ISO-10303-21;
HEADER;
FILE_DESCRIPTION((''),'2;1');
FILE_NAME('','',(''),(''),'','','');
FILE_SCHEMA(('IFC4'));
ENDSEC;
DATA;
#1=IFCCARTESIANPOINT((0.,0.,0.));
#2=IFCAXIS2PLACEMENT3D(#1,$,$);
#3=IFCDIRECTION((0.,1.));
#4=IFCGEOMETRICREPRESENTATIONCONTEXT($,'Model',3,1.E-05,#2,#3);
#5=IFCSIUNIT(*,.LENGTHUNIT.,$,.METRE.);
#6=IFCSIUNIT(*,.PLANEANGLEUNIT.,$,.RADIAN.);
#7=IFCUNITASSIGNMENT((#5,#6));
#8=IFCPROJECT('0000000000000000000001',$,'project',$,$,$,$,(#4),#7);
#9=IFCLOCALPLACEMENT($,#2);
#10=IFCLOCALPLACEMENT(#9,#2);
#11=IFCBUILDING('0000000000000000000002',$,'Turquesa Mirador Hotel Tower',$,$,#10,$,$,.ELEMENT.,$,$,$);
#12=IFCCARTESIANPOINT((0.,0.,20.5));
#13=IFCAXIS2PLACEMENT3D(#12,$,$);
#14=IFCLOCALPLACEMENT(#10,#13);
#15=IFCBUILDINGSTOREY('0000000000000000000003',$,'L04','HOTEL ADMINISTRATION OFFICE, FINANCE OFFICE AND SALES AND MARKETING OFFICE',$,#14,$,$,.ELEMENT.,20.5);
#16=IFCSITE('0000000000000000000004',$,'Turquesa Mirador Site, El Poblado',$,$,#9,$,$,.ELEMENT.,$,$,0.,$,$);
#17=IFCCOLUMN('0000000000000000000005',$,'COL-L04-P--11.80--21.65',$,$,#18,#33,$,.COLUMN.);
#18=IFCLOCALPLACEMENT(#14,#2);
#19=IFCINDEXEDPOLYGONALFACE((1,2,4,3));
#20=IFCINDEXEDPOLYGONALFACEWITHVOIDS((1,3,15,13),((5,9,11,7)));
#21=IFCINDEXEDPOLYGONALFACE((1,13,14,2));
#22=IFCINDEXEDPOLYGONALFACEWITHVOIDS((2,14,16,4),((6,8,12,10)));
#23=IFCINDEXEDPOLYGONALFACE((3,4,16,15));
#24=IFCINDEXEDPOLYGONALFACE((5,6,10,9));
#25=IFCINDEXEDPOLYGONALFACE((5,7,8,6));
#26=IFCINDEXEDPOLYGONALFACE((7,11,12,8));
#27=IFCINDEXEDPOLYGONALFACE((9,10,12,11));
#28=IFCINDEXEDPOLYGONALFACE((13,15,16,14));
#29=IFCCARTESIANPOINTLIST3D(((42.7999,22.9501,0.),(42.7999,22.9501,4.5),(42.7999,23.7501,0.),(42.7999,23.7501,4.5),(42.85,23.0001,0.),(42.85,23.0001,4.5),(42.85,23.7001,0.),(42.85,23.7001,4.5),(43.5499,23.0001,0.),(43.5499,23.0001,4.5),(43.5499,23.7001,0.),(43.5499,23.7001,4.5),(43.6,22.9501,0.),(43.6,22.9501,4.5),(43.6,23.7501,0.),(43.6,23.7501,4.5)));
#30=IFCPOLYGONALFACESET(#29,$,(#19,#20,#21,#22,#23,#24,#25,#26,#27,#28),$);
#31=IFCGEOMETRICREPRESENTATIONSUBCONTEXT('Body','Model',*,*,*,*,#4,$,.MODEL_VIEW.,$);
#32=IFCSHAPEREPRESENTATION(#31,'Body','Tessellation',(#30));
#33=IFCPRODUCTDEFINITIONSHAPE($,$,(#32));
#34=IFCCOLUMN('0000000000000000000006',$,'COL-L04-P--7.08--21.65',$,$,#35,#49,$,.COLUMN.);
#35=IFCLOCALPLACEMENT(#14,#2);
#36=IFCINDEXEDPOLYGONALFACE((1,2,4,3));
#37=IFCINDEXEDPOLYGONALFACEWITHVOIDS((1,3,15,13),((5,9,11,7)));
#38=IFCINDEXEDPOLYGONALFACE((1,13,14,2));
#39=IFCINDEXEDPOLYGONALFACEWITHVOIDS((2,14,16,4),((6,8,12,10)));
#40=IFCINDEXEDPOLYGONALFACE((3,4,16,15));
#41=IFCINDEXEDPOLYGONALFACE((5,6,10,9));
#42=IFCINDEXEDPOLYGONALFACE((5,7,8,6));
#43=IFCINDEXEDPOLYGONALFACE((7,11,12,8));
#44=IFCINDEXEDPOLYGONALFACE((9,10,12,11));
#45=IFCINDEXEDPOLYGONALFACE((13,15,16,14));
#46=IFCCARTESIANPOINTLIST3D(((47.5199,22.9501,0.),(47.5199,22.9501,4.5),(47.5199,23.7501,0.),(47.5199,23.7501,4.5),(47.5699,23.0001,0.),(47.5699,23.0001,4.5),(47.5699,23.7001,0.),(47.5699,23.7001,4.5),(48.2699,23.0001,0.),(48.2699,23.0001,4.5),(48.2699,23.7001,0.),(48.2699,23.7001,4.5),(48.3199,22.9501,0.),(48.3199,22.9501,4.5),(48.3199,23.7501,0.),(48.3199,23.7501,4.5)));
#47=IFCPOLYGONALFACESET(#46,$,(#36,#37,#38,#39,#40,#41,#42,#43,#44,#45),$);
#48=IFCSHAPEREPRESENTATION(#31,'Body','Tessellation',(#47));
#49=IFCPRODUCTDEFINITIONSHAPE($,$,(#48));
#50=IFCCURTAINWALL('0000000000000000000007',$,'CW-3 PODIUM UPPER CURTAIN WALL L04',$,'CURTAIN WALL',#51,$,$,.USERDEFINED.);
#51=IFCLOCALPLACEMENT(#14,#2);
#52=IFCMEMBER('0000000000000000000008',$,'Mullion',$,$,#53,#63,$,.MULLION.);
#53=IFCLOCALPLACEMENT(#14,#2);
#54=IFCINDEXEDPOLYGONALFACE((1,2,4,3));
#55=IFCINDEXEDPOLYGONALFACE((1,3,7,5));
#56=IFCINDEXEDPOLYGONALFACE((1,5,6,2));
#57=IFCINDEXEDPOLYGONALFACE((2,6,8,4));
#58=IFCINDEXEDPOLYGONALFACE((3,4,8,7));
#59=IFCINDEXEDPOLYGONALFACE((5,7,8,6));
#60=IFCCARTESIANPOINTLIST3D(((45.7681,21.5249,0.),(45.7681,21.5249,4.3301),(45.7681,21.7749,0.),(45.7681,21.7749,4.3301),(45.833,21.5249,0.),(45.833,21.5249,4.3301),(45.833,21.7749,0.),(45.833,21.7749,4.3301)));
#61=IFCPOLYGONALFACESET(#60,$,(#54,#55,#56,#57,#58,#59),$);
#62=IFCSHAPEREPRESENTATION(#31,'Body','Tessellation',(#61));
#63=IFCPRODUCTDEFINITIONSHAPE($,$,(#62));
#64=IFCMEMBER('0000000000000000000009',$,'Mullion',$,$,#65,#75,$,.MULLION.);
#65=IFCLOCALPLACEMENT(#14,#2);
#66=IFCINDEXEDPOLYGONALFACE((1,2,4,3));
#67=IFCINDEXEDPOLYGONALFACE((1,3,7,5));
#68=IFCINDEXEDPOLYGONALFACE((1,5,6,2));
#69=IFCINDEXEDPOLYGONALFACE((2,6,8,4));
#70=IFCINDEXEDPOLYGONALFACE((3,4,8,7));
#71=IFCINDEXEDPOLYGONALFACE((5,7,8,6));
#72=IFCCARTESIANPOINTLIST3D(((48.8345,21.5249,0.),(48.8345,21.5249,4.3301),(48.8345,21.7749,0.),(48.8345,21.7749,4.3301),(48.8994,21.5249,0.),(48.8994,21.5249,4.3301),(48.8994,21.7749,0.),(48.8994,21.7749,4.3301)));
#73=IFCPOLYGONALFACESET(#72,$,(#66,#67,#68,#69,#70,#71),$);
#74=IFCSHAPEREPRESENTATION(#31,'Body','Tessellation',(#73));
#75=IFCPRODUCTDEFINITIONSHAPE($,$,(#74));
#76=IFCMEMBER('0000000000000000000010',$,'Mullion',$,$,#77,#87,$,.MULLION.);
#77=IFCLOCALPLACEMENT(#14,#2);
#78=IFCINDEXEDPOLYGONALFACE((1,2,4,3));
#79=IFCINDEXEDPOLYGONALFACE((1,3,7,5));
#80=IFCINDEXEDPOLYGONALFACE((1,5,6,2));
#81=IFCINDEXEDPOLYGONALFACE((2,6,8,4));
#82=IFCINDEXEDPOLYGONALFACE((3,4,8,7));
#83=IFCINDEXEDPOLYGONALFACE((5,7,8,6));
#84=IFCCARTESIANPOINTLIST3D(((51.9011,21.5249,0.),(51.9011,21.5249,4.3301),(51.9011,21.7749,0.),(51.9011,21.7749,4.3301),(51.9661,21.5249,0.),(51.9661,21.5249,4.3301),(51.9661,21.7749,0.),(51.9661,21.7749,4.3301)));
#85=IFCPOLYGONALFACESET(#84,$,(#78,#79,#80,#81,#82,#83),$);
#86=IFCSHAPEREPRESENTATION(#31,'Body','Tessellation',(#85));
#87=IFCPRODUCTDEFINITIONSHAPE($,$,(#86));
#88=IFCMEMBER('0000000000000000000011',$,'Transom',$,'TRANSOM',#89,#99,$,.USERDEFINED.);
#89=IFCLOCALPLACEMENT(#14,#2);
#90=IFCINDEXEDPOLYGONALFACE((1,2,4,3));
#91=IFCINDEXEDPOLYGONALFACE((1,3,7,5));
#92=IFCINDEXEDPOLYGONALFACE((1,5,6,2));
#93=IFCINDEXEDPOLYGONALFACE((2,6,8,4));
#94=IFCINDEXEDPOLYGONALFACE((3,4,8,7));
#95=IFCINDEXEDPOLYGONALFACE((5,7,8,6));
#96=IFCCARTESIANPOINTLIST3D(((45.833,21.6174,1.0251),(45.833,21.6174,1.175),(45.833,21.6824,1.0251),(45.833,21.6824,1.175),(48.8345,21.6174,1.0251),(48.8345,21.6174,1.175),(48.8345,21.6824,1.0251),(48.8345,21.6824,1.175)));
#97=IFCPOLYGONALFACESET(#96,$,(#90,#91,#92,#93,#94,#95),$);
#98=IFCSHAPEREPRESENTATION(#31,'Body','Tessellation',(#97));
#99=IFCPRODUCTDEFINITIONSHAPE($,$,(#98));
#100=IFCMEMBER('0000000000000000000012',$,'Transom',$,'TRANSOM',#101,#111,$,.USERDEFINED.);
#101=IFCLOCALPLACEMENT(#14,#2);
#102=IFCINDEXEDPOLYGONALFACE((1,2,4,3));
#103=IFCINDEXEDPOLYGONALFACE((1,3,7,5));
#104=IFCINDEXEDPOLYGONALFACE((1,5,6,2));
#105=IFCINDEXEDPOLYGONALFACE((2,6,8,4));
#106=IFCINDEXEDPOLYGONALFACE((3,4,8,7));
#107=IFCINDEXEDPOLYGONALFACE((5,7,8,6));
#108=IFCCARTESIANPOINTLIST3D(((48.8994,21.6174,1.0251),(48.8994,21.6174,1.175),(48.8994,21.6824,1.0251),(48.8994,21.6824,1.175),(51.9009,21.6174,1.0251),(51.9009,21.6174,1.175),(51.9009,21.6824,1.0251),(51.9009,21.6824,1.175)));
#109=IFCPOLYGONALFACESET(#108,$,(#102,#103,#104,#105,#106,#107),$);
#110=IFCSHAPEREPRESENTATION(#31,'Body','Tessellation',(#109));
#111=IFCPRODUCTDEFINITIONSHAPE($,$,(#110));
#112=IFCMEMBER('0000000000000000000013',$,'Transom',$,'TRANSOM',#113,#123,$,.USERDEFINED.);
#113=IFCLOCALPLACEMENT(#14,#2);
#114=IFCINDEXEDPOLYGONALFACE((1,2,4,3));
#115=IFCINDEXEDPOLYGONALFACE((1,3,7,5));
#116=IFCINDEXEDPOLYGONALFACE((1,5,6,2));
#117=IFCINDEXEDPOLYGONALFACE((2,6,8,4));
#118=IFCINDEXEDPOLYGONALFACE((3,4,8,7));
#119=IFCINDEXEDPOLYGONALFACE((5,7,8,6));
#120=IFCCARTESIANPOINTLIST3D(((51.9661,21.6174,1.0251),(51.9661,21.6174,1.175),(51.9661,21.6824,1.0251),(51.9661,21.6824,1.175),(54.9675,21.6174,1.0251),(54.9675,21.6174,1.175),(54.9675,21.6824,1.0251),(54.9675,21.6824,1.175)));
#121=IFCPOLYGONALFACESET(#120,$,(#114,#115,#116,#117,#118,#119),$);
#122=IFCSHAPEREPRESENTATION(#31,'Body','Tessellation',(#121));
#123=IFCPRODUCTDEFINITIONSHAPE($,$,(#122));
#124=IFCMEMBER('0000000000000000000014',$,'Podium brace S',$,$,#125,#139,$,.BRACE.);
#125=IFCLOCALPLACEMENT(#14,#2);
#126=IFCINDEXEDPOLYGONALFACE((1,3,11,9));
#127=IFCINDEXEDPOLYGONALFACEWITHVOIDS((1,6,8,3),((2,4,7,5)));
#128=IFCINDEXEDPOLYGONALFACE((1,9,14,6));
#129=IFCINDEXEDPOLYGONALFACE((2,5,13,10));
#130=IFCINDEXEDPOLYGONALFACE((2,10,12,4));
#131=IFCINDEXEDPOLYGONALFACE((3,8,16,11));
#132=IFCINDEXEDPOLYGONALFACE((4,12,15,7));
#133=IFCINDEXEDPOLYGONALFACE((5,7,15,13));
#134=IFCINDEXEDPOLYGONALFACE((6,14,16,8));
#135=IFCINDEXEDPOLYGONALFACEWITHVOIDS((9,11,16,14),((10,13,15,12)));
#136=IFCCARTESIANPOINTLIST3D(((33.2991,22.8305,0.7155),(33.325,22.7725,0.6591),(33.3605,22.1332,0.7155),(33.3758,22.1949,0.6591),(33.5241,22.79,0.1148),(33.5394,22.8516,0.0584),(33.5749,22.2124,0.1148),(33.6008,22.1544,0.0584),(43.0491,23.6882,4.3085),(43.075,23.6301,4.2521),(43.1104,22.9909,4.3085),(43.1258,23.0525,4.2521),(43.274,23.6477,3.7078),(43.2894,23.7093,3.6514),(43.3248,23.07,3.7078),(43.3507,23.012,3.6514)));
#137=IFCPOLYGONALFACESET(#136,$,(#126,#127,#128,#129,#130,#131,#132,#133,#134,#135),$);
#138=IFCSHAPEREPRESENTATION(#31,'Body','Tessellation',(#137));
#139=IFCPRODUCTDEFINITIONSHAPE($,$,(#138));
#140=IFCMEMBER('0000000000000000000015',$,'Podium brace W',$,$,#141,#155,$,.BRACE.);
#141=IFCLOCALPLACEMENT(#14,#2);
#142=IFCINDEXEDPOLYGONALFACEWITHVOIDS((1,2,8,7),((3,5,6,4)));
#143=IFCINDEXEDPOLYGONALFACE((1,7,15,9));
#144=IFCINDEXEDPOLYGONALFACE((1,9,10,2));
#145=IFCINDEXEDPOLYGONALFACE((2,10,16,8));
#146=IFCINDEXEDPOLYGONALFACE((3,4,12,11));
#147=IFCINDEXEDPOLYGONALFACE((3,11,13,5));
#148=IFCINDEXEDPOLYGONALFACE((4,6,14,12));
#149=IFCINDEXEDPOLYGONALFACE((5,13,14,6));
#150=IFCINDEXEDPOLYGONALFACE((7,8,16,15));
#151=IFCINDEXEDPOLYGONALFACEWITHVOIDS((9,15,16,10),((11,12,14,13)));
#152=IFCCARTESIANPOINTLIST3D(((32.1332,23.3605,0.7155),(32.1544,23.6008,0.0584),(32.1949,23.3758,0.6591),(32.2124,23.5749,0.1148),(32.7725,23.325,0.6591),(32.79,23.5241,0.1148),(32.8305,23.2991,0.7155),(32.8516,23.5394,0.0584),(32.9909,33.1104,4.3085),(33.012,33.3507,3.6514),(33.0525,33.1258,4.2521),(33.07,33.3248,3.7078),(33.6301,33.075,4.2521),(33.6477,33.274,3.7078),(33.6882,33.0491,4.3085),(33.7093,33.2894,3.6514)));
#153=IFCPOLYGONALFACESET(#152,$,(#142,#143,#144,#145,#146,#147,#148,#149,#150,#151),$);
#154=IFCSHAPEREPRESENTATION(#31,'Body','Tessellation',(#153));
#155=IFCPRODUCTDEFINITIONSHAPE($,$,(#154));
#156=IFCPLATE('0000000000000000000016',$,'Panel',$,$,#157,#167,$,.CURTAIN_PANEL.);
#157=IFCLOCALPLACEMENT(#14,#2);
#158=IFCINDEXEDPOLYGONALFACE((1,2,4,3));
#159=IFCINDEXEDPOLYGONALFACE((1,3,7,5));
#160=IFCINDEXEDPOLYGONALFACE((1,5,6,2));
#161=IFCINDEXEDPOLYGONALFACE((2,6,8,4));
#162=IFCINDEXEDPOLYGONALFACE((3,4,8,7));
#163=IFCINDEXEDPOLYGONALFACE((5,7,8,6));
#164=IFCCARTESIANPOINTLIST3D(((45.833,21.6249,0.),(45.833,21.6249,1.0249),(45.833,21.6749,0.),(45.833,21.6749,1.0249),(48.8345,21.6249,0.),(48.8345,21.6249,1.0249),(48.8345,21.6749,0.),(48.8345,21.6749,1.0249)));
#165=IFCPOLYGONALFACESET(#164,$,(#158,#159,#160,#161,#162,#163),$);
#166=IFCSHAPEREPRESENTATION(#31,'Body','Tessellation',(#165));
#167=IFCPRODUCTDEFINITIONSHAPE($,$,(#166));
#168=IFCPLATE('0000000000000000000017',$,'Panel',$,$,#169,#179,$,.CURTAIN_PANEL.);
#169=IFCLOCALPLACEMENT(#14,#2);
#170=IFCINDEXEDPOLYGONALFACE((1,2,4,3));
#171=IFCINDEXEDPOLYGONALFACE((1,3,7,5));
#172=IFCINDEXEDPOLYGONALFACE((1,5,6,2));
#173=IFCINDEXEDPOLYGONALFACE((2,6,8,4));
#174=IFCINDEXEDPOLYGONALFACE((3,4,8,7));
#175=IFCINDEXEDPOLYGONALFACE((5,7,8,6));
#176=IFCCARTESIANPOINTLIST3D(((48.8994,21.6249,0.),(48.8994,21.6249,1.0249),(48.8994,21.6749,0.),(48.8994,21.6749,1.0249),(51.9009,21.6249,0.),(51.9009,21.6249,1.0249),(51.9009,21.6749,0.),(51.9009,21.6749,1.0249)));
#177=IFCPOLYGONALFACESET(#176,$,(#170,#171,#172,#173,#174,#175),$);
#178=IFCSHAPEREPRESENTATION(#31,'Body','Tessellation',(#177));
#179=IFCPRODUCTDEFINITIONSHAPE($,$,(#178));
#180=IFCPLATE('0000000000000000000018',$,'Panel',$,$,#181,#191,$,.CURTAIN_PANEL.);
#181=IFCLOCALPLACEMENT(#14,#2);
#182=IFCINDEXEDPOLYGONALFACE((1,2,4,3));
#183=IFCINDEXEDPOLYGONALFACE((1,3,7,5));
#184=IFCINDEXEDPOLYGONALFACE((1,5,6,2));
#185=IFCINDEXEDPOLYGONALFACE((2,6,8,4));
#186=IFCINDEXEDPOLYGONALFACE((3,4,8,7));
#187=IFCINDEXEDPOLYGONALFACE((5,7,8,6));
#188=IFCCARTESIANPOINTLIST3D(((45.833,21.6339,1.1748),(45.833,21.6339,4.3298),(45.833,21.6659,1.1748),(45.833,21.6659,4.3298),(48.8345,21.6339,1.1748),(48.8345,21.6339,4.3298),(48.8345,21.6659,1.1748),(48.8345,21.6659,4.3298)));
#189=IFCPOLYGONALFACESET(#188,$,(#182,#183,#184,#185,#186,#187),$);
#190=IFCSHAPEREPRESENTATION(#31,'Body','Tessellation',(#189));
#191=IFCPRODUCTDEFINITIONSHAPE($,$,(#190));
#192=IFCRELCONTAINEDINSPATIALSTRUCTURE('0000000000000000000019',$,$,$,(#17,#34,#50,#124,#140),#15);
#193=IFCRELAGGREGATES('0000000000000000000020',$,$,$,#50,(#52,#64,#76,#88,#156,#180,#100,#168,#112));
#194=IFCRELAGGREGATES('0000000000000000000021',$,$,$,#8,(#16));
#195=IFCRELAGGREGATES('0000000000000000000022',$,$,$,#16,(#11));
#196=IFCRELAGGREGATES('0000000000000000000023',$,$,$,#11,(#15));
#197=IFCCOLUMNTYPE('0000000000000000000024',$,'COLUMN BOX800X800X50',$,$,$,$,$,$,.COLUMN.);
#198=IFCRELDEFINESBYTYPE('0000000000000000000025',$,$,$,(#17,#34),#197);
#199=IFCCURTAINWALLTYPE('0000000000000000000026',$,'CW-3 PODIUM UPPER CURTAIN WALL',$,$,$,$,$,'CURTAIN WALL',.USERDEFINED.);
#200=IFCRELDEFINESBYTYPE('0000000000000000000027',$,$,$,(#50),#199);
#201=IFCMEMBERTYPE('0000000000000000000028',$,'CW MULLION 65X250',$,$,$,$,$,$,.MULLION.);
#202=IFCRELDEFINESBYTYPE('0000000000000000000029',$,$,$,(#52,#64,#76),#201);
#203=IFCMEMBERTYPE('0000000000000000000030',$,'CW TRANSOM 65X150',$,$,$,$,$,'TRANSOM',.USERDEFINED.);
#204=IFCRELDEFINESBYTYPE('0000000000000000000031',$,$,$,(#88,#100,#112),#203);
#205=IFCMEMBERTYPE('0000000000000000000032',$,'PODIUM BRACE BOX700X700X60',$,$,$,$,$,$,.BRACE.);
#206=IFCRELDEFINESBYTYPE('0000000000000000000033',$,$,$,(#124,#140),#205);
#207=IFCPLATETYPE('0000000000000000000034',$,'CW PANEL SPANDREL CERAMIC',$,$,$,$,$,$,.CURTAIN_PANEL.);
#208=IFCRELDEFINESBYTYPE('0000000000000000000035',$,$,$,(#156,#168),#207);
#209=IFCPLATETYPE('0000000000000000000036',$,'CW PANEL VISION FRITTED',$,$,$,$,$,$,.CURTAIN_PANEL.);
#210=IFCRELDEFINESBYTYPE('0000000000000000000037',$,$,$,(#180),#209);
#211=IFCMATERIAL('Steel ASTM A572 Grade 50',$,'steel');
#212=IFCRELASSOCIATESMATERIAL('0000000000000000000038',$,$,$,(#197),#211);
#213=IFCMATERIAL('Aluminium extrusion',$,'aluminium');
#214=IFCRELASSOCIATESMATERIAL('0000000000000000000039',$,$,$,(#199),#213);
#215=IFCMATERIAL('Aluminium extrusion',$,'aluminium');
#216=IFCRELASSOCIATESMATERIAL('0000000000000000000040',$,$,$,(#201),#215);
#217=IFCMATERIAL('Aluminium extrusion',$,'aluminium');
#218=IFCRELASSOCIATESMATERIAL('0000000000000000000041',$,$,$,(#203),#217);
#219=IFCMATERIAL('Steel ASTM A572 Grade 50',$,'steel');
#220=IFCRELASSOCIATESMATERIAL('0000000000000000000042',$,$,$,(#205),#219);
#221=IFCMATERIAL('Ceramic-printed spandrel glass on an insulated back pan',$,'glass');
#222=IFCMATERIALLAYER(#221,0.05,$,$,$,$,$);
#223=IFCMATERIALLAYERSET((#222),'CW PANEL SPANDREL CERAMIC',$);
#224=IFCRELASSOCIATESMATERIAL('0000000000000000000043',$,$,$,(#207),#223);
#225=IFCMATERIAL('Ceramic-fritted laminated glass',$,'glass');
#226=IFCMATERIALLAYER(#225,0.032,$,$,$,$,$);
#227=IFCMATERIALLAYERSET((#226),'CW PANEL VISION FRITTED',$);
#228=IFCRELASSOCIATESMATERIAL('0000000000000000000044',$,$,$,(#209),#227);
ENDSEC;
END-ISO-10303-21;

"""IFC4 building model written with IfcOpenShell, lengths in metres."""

from ifc_helpers import new_model, si_unit, direction, frame, origin, origin_2d, place, context, subcontext, project, spatial, rectangle, hollow_rectangle, extrude, material, layer, layer_set, material_profile, profile_set, type_object, element, aggregate, save


model = new_model("IFC4")

# Units and contexts
model_context = context("Model", 3, precision=1e-05, world=origin(), true_north=direction((0.0, 1.0)))
body_context = subcontext(model_context, "Body", "Model", "MODEL_VIEW")
ifc_project = project(units=[si_unit("LENGTHUNIT", "METRE"), si_unit("PLANEANGLEUNIT", "RADIAN")], contexts=[model_context])

# Site, building, storey
site_placement = place(None, origin())
site = spatial("IfcSite", under=ifc_project, at=site_placement, Name="Turquesa Mirador Site, El Poblado", CompositionType="ELEMENT", RefElevation=0.0)
building_placement = place(site_placement, origin())
building = spatial("IfcBuilding", under=site, at=building_placement, Name="Turquesa Mirador Hotel Tower", CompositionType="ELEMENT")
storey_placement = place(building_placement, frame((0.0, 0.0, 20.5)))
storey = spatial("IfcBuildingStorey", under=building, at=storey_placement, Name="L04", Description="HOTEL ADMINISTRATION OFFICE, FINANCE OFFICE AND SALES AND MARKETING OFFICE", CompositionType="ELEMENT", Elevation=20.5)

# Columns
ifc_material_1 = material(Name="Steel ASTM A572 Grade 50", Category="steel")
ifc_material_profile_1 = material_profile(ifc_material_1, hollow_rectangle(XDim=0.8, YDim=0.8, WallThickness=0.05, at=origin_2d()), Name="BOX800X800X50")
ifc_profile_set_1 = profile_set([ifc_material_profile_1], Name="Steel ASTM A572 Grade 50")
column_type = type_object("IfcColumnType", Name="COLUMN BOX800X800X50", PredefinedType="COLUMN", material=ifc_profile_set_1)
for number, where, z_axis, x_axis, name in (
    (1, (43.2, 23.3501, 0.0), (0.0, 0.0, 1.0), (1.0, 0.0, 0.0), "COL-L04-P--11.80--21.65"),
    (2, (47.9199, 23.3501, 0.0), (0.0, 0.0, 1.0), (1.0, 0.0, 0.0), "COL-L04-P--7.08--21.65"),
):
    element("IfcColumn", number, at=place(storey_placement, frame(where, z_axis=z_axis, x_axis=x_axis)), inside=storey, type_object=column_type, Name=name, PredefinedType="COLUMN", context=body_context, shape_type="SweptSolid", body=[
        extrude(hollow_rectangle(XDim=0.8, YDim=0.8, WallThickness=0.05, at=origin_2d()), origin(), (0.0, 0.0, 1.0), 4.5),
    ])

# Curtain wall, members
ifc_material_2 = material(Name="Aluminium extrusion", Category="aluminium")
curtain_wall_type = type_object("IfcCurtainWallType", Name="CW-3 PODIUM UPPER CURTAIN WALL", ElementType="CURTAIN WALL", PredefinedType="USERDEFINED", material=ifc_material_2)
curtain_wall_placement = place(storey_placement, origin())
curtain_wall = element("IfcCurtainWall", 3, at=curtain_wall_placement, inside=storey, type_object=curtain_wall_type, Name="CW-3 PODIUM UPPER CURTAIN WALL L04", ObjectType="CURTAIN WALL", PredefinedType="USERDEFINED")
ifc_material_3 = material(Name="Aluminium extrusion", Category="aluminium")
ifc_material_profile_2 = material_profile(ifc_material_3, rectangle(XDim=0.0649, YDim=0.25, at=origin_2d()), Name="MULLION 65X250")
ifc_profile_set_2 = profile_set([ifc_material_profile_2], Name="Aluminium extrusion")
member_type_1 = type_object("IfcMemberType", Name="CW MULLION 65X250", PredefinedType="MULLION", material=ifc_profile_set_2)
member_1_placement = place(storey_placement, frame((45.8005, 21.6499, 0.0), z_axis=(0.0, 0.0, 1.0), x_axis=(1.0, 0.0, 0.0)))
member_1 = element("IfcMember", 4, at=member_1_placement, type_object=member_type_1, Name="Mullion", PredefinedType="MULLION", context=body_context, shape_type="SweptSolid", body=[
    extrude(rectangle(XDim=0.0649, YDim=0.25, at=origin_2d()), origin(), (0.0, 0.0, 1.0), 4.3301),
])
member_2_placement = place(storey_placement, frame((48.8669, 21.6499, 0.0), z_axis=(0.0, 0.0, 1.0), x_axis=(1.0, 0.0, 0.0)))
member_2 = element("IfcMember", 5, at=member_2_placement, type_object=member_type_1, Name="Mullion", PredefinedType="MULLION", context=body_context, shape_type="SweptSolid", body=[
    extrude(rectangle(XDim=0.0649, YDim=0.25, at=origin_2d()), origin(), (0.0, 0.0, 1.0), 4.3301),
])
member_3_placement = place(storey_placement, frame((51.9336, 21.6499, 0.0), z_axis=(0.0, 0.0, 1.0), x_axis=(1.0, 0.0, 0.0)))
member_3 = element("IfcMember", 6, at=member_3_placement, type_object=member_type_1, Name="Mullion", PredefinedType="MULLION", context=body_context, shape_type="SweptSolid", body=[
    extrude(rectangle(XDim=0.0649, YDim=0.25, at=origin_2d()), origin(), (0.0, 0.0, 1.0), 4.3301),
])
ifc_material_4 = material(Name="Aluminium extrusion", Category="aluminium")
ifc_material_profile_3 = material_profile(ifc_material_4, rectangle(XDim=0.0649, YDim=0.1499, at=origin_2d()), Name="TRANSOM 65X150")
ifc_profile_set_3 = profile_set([ifc_material_profile_3], Name="Aluminium extrusion")
member_type_2 = type_object("IfcMemberType", Name="CW TRANSOM 65X150", ElementType="TRANSOM", PredefinedType="USERDEFINED", material=ifc_profile_set_3)
member_4_placement = place(storey_placement, frame((45.833, 21.6499, 1.1001), z_axis=(1.0, 0.0, 0.0), x_axis=(0.0, 1.0, 0.0)))
member_4 = element("IfcMember", 7, at=member_4_placement, type_object=member_type_2, Name="Transom", ObjectType="TRANSOM", PredefinedType="USERDEFINED", context=body_context, shape_type="SweptSolid", body=[
    extrude(rectangle(XDim=0.0649, YDim=0.1499, at=origin_2d()), origin(), (0.0, 0.0, 1.0), 3.0015),
])
member_5_placement = place(storey_placement, frame((48.8994, 21.6499, 1.1001), z_axis=(1.0, 0.0, 0.0), x_axis=(0.0, 1.0, 0.0)))
member_5 = element("IfcMember", 8, at=member_5_placement, type_object=member_type_2, Name="Transom", ObjectType="TRANSOM", PredefinedType="USERDEFINED", context=body_context, shape_type="SweptSolid", body=[
    extrude(rectangle(XDim=0.0649, YDim=0.1499, at=origin_2d()), origin(), (0.0, 0.0, 1.0), 3.0015),
])
member_6_placement = place(storey_placement, frame((51.9661, 21.6499, 1.1001), z_axis=(1.0, 0.0, 0.0), x_axis=(0.0, 1.0, 0.0)))
member_6 = element("IfcMember", 9, at=member_6_placement, type_object=member_type_2, Name="Transom", ObjectType="TRANSOM", PredefinedType="USERDEFINED", context=body_context, shape_type="SweptSolid", body=[
    extrude(rectangle(XDim=0.0649, YDim=0.1499, at=origin_2d()), origin(), (0.0, 0.0, 1.0), 3.0015),
])

# Members
ifc_material_5 = material(Name="Steel ASTM A572 Grade 50", Category="steel")
ifc_material_profile_4 = material_profile(ifc_material_5, hollow_rectangle(XDim=0.7, YDim=0.7, WallThickness=0.0601, at=origin_2d()), Name="BOX700X700X60")
ifc_profile_set_4 = profile_set([ifc_material_profile_4], Name="Steel ASTM A572 Grade 50")
member_type_3 = type_object("IfcMemberType", Name="PODIUM BRACE BOX700X700X60", PredefinedType="BRACE", material=ifc_profile_set_4)
for number, where, z_axis, x_axis, name in (
    (10, (33.45, 22.4924, 0.387), (0.935135, 0.08226, 0.344611), (-0.087627, 0.996153, 0.0), "Podium brace S"),
    (11, (32.4924, 23.45, 0.387), (0.08226, 0.935135, 0.344611), (-0.996153, 0.087627, 0.0), "Podium brace W"),
):
    element("IfcMember", number, at=place(storey_placement, frame(where, z_axis=z_axis, x_axis=x_axis)), inside=storey, type_object=member_type_3, Name=name, PredefinedType="BRACE", context=body_context, shape_type="SweptSolid", body=[
        extrude(hollow_rectangle(XDim=0.7, YDim=0.7, WallThickness=0.0601, at=origin_2d()), origin(), (0.0, 0.0, 1.0), 10.4263),
    ])

# Plates
ifc_material_6 = material(Name="Ceramic-printed spandrel glass on an insulated back pan", Category="glass")
ifc_layer_1 = layer(ifc_material_6, 0.05)
ifc_layer_set_1 = layer_set([ifc_layer_1], Name="CW PANEL SPANDREL CERAMIC")
plate_type_1 = type_object("IfcPlateType", Name="CW PANEL SPANDREL CERAMIC", PredefinedType="CURTAIN_PANEL", material=ifc_layer_set_1)
plate_1_placement = place(storey_placement, frame((47.3337, 21.6499, 0.0), z_axis=(0.0, 0.0, 1.0), x_axis=(1.0, 0.0, 0.0)))
plate_1 = element("IfcPlate", 12, at=plate_1_placement, type_object=plate_type_1, Name="Panel", PredefinedType="CURTAIN_PANEL", context=body_context, shape_type="SweptSolid", body=[
    extrude(rectangle(XDim=3.0015, YDim=0.05, at=origin_2d()), origin(), (0.0, 0.0, 1.0), 1.0249),
])
plate_2_placement = place(storey_placement, frame((50.4001, 21.6499, 0.0), z_axis=(0.0, 0.0, 1.0), x_axis=(1.0, 0.0, 0.0)))
plate_2 = element("IfcPlate", 13, at=plate_2_placement, type_object=plate_type_1, Name="Panel", PredefinedType="CURTAIN_PANEL", context=body_context, shape_type="SweptSolid", body=[
    extrude(rectangle(XDim=3.0015, YDim=0.05, at=origin_2d()), origin(), (0.0, 0.0, 1.0), 1.0249),
])
ifc_material_7 = material(Name="Ceramic-fritted laminated glass", Category="glass")
ifc_layer_2 = layer(ifc_material_7, 0.032)
ifc_layer_set_2 = layer_set([ifc_layer_2], Name="CW PANEL VISION FRITTED")
plate_type_2 = type_object("IfcPlateType", Name="CW PANEL VISION FRITTED", PredefinedType="CURTAIN_PANEL", material=ifc_layer_set_2)
plate_3_placement = place(storey_placement, frame((47.3337, 21.6499, 1.1748), z_axis=(0.0, 0.0, 1.0), x_axis=(1.0, 0.0, 0.0)))
plate_3 = element("IfcPlate", 14, at=plate_3_placement, type_object=plate_type_2, Name="Panel", PredefinedType="CURTAIN_PANEL", context=body_context, shape_type="SweptSolid", body=[
    extrude(rectangle(XDim=3.0015, YDim=0.032, at=origin_2d()), origin(), (0.0, 0.0, 1.0), 3.155),
])
aggregate(curtain_wall, [member_1, member_2, member_3, member_4, plate_1, plate_3, member_5, plate_2, member_6])

save(model, "model.ifc")
